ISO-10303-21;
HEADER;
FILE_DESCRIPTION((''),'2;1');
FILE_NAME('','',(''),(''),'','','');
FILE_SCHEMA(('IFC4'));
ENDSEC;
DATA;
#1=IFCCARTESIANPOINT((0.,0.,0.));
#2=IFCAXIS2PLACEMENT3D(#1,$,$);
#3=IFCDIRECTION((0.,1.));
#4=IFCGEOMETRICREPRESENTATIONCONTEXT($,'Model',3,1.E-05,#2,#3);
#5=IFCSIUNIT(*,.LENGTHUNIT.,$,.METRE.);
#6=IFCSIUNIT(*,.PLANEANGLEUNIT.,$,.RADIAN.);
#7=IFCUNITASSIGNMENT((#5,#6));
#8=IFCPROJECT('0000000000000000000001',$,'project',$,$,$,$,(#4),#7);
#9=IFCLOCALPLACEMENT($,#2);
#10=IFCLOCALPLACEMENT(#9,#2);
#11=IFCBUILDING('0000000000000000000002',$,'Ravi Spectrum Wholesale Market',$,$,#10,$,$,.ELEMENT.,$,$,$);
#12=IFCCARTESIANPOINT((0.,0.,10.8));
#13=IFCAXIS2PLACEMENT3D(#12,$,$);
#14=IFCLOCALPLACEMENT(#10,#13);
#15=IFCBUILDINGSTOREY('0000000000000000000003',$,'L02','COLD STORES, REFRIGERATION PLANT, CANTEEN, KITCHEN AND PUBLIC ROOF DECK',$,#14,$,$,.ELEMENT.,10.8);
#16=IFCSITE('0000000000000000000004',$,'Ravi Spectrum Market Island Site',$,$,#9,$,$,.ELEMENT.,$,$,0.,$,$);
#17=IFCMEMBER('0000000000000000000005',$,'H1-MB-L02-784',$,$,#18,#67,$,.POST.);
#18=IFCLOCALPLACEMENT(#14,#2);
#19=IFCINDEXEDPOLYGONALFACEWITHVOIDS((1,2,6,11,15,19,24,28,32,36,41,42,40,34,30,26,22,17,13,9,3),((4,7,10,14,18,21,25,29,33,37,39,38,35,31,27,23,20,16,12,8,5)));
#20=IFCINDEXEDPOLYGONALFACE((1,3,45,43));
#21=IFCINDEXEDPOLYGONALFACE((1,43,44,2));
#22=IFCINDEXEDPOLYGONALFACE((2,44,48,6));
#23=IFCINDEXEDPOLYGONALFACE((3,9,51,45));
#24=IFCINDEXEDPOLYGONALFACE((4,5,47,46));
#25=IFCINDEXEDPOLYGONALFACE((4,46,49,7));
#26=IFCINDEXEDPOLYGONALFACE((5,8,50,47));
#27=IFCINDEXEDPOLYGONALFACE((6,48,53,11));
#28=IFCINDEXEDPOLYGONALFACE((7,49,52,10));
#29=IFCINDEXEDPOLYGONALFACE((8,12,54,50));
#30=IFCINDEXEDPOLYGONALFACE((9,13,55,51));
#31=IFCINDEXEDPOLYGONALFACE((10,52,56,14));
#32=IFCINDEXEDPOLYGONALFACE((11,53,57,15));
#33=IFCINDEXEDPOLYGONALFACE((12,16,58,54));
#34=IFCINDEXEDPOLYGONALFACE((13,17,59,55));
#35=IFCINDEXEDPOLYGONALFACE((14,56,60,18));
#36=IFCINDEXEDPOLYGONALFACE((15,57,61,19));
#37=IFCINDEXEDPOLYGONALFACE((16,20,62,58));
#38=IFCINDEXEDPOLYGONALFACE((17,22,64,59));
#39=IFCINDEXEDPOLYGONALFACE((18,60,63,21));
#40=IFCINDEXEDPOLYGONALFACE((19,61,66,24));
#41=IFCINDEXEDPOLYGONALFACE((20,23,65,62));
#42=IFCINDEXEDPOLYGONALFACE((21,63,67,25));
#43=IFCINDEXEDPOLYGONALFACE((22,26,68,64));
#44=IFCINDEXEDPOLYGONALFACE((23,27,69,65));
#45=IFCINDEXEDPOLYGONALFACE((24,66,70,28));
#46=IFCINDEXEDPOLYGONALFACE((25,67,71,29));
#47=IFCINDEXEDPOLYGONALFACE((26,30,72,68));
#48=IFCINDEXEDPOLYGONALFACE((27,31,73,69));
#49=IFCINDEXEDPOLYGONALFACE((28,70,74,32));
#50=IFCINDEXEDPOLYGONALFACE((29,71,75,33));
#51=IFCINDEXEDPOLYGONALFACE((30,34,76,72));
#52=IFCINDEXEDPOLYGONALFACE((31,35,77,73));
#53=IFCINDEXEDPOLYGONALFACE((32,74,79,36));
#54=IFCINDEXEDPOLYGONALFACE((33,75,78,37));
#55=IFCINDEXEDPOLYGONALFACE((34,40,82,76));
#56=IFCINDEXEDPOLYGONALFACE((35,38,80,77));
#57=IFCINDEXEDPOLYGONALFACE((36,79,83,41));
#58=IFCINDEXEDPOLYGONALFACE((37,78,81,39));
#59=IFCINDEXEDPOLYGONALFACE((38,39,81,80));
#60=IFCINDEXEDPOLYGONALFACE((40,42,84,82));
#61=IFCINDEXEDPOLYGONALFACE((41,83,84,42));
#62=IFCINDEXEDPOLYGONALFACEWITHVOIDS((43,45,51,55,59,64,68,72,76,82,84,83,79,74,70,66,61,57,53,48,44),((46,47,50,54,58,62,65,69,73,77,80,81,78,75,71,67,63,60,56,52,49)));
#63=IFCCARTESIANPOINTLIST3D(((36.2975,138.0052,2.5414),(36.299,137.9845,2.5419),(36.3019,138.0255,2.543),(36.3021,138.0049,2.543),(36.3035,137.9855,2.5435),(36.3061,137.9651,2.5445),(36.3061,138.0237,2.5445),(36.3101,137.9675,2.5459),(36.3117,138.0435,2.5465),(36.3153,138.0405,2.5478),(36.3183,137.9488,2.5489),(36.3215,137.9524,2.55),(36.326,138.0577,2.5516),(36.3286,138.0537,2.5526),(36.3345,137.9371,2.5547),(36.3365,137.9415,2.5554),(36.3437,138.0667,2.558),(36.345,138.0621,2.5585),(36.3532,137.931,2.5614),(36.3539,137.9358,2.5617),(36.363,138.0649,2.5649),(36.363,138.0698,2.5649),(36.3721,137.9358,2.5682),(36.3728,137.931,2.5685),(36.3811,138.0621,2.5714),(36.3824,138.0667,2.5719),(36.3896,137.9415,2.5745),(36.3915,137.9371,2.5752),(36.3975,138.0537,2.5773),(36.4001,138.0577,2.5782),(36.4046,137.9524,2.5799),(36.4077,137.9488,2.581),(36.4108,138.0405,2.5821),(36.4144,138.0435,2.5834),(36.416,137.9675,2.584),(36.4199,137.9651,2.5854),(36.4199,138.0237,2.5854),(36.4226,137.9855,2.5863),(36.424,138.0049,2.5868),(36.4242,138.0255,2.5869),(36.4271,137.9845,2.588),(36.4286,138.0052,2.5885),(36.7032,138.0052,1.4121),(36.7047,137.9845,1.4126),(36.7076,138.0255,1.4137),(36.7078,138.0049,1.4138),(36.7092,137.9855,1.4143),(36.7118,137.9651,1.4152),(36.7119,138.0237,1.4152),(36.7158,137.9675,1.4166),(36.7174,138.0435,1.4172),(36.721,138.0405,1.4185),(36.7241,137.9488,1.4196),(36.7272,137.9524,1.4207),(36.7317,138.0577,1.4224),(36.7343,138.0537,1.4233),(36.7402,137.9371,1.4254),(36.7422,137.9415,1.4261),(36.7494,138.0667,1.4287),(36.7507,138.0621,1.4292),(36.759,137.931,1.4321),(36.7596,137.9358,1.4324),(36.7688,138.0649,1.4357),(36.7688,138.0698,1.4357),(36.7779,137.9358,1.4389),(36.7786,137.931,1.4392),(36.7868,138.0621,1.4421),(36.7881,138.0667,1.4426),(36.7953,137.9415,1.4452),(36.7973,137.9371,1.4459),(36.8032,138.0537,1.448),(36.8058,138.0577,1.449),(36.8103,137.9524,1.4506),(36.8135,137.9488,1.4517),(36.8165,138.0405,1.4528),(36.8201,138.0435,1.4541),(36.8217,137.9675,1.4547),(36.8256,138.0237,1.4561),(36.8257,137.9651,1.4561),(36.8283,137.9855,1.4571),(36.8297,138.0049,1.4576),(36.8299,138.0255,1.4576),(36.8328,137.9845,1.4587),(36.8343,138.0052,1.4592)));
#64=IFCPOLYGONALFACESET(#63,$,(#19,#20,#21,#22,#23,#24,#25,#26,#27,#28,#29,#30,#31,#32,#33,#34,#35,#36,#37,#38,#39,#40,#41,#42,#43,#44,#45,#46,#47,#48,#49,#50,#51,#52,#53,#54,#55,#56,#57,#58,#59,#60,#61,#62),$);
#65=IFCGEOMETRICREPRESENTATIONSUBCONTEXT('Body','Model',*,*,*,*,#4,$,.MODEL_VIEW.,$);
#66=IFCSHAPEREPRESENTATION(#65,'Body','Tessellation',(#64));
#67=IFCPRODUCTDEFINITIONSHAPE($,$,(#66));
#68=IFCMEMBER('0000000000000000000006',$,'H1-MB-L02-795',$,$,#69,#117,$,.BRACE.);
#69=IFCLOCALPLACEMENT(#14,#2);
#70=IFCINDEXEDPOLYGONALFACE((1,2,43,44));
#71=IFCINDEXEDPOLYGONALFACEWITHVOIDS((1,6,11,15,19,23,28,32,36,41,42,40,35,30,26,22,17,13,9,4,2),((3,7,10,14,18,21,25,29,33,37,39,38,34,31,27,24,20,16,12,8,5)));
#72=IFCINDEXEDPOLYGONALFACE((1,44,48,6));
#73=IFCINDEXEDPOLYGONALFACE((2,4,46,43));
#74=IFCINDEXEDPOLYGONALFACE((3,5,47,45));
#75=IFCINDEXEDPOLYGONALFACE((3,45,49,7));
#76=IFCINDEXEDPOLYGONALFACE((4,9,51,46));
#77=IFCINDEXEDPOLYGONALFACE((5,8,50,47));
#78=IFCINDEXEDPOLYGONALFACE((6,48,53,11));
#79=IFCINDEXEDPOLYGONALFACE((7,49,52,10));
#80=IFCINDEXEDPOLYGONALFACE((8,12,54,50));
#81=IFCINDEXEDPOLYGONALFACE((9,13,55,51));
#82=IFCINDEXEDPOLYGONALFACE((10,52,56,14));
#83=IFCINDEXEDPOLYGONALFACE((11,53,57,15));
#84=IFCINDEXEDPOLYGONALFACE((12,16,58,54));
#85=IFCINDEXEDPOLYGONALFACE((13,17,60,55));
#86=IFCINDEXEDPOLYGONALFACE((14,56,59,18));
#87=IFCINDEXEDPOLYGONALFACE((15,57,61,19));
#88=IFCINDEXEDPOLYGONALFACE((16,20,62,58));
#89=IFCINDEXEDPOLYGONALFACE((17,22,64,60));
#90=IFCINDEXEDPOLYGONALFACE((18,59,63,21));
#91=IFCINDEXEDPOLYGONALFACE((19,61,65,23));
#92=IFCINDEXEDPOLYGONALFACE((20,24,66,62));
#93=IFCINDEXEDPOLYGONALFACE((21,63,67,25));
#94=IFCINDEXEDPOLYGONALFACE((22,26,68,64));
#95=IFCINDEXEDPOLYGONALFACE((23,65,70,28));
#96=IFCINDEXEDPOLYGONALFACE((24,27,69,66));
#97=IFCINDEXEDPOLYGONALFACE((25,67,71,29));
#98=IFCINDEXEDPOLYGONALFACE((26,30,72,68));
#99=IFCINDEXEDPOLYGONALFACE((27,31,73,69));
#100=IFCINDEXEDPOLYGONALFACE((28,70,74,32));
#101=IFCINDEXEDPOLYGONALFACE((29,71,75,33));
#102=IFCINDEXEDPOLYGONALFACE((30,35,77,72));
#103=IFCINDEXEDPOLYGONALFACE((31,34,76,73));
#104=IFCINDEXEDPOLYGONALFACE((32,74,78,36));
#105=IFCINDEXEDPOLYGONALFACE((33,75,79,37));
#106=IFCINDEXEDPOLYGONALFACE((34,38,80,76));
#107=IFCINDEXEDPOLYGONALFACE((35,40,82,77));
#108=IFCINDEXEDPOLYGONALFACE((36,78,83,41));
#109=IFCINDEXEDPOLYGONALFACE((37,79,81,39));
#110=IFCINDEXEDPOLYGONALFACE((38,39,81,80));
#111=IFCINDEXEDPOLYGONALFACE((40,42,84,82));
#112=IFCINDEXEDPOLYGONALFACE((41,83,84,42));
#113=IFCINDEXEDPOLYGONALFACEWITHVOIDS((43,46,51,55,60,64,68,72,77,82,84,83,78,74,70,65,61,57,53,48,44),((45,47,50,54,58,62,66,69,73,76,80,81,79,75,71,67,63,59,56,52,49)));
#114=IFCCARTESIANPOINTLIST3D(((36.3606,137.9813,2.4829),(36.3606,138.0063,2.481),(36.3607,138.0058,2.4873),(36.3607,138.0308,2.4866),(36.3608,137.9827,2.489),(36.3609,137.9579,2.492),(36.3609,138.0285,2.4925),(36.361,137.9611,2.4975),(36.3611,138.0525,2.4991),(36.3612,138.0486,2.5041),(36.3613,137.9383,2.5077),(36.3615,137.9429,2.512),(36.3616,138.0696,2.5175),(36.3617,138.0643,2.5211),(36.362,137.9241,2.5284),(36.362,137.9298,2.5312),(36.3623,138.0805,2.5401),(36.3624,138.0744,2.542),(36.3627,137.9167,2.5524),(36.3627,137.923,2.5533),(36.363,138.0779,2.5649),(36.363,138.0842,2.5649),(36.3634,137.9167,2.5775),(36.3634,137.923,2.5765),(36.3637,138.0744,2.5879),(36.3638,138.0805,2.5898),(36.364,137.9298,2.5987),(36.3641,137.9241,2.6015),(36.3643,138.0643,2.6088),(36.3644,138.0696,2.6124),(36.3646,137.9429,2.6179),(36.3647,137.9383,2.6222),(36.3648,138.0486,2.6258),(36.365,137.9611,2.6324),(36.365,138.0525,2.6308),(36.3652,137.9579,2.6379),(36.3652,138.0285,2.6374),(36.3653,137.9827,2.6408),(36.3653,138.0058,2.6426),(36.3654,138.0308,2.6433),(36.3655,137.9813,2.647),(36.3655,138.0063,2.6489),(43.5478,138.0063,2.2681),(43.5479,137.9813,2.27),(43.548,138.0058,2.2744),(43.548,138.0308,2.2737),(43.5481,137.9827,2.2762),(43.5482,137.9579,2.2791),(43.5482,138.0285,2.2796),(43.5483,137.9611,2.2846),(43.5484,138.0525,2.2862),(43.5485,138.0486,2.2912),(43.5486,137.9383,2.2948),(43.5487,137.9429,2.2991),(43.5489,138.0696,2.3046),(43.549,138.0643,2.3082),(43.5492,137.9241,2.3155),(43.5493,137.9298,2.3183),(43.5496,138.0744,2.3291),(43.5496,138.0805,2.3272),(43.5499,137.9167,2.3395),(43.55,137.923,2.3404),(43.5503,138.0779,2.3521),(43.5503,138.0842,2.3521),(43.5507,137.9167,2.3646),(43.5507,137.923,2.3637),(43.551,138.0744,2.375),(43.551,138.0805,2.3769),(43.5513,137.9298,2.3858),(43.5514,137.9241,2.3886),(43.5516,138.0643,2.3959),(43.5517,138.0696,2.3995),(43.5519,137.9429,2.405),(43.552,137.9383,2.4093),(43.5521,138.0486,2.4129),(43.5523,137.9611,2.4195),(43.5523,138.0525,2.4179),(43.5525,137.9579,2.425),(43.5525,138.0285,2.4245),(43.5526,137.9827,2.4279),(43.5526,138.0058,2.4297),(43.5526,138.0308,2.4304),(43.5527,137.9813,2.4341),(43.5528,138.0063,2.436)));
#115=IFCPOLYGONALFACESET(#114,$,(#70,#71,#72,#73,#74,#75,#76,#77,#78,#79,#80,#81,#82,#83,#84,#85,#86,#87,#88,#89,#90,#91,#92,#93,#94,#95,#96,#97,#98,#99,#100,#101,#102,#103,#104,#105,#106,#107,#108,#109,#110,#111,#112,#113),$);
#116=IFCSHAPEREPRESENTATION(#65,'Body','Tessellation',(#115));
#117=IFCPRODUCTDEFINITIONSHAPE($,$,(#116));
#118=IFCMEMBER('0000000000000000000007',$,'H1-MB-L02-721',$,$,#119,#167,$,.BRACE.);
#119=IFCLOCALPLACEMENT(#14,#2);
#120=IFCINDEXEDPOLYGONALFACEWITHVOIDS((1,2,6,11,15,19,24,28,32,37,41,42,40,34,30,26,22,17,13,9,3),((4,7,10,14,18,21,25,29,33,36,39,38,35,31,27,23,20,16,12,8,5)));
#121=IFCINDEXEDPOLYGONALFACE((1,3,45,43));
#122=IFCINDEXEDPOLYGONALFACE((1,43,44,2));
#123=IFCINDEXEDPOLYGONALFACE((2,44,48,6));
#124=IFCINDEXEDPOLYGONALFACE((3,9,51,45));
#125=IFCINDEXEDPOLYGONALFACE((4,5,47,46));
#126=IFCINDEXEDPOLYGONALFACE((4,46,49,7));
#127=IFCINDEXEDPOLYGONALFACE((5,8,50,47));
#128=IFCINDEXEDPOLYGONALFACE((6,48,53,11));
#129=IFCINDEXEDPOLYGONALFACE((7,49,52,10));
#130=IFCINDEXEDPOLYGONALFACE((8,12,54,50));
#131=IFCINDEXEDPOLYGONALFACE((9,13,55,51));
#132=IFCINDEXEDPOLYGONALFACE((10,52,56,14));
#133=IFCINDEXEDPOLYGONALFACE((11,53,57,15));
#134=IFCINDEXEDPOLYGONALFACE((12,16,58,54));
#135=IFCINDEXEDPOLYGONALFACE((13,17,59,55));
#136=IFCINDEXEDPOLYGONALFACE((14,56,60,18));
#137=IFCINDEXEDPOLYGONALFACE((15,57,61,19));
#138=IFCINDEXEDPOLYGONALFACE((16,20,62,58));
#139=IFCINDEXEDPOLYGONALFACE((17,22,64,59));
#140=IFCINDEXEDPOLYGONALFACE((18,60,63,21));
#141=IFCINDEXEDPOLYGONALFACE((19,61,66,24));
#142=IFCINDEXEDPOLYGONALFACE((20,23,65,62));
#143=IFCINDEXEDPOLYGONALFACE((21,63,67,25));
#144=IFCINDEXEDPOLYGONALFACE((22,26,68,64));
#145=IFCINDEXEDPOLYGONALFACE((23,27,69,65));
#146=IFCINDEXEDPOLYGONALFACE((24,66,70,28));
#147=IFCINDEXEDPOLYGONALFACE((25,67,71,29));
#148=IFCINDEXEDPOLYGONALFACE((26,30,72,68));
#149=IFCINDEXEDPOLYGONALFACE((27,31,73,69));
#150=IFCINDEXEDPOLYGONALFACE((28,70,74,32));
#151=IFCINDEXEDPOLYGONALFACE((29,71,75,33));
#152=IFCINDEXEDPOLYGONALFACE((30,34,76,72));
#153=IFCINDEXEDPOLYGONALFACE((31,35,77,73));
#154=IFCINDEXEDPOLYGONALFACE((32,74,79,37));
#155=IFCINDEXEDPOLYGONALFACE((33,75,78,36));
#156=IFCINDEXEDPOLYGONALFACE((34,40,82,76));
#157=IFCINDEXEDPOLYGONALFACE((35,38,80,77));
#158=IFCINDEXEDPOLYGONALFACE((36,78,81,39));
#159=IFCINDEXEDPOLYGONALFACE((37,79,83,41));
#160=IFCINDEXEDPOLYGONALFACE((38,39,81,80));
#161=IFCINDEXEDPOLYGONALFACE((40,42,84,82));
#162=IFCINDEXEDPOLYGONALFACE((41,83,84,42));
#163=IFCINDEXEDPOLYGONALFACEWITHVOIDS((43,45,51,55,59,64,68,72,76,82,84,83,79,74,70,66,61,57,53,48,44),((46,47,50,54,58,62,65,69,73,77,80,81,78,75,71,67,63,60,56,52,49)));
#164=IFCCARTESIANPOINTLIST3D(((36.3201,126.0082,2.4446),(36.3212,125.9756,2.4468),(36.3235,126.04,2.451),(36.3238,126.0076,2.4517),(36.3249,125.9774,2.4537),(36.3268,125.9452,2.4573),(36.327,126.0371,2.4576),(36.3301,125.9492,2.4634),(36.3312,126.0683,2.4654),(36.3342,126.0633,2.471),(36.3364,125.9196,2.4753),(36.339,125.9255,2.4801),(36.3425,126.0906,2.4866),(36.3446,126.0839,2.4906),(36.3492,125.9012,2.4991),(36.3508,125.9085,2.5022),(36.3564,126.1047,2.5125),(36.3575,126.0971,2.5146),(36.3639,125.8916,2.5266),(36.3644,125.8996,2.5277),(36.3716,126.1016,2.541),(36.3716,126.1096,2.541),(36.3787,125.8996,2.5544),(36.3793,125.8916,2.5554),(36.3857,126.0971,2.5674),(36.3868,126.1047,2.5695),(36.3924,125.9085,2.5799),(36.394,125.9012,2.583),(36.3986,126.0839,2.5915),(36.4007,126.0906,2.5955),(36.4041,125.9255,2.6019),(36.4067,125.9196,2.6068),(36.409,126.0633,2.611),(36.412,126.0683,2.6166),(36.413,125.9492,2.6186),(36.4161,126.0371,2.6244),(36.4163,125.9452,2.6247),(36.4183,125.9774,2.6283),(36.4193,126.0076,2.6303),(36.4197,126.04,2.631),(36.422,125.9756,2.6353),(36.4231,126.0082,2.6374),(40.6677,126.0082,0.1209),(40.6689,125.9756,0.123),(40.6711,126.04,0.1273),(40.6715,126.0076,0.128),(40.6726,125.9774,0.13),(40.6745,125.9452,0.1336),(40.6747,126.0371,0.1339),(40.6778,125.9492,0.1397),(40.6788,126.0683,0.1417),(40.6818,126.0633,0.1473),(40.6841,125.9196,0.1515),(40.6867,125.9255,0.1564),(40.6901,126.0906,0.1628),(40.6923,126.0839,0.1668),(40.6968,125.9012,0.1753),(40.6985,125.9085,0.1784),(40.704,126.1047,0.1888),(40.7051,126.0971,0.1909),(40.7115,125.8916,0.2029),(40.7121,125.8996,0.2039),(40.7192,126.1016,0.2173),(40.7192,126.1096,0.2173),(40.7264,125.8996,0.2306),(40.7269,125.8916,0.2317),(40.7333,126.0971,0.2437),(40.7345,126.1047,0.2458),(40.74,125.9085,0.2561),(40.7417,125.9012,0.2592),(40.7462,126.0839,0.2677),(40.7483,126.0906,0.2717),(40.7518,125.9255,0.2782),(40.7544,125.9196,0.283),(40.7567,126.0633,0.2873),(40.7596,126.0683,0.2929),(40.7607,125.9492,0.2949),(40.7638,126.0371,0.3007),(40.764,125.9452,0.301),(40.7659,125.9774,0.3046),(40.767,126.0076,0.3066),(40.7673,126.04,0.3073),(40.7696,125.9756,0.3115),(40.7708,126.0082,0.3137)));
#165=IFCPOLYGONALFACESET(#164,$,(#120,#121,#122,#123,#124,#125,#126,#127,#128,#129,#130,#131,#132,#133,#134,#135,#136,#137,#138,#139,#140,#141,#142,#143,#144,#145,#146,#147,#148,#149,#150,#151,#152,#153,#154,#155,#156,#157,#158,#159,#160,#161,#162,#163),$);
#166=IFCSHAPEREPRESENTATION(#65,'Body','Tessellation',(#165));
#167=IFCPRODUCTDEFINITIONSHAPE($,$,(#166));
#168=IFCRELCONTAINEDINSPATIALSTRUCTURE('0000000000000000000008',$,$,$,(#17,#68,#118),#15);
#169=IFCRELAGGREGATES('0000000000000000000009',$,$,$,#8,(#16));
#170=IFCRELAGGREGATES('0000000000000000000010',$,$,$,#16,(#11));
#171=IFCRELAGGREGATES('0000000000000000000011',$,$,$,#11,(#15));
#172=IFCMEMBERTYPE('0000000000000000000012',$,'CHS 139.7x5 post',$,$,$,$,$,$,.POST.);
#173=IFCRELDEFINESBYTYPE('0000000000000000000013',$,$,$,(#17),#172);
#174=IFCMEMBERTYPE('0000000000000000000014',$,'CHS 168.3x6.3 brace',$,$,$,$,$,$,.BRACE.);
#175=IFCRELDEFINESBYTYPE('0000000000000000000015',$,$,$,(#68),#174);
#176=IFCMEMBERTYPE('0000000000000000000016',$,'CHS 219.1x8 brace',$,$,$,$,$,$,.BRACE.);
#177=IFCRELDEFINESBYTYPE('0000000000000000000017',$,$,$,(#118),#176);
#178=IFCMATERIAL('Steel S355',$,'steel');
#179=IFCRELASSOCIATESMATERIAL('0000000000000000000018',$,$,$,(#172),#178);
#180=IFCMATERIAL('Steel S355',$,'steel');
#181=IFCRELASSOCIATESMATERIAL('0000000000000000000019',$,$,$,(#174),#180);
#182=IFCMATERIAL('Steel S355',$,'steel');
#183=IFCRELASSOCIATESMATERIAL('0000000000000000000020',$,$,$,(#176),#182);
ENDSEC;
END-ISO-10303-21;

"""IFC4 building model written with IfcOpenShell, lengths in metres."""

from ifc_helpers import new_model, si_unit, direction, frame, origin, origin_2d, place, context, subcontext, project, spatial, hollow_circle, extrude, material, material_profile, profile_set, type_object, element, save


model = new_model("IFC4")

# Units and contexts
model_context = context("Model", 3, precision=1e-05, world=origin(), true_north=direction((0.0, 1.0)))
body_context = subcontext(model_context, "Body", "Model", "MODEL_VIEW")
ifc_project = project(units=[si_unit("LENGTHUNIT", "METRE"), si_unit("PLANEANGLEUNIT", "RADIAN")], contexts=[model_context])

# Site, building, storey
site_placement = place(None, origin())
site = spatial("IfcSite", under=ifc_project, at=site_placement, Name="Ravi Spectrum Market Island Site", CompositionType="ELEMENT", RefElevation=0.0)
building_placement = place(site_placement, origin())
building = spatial("IfcBuilding", under=site, at=building_placement, Name="Ravi Spectrum Wholesale Market", CompositionType="ELEMENT")
storey_placement = place(building_placement, frame((0.0, 0.0, 10.8)))
storey = spatial("IfcBuildingStorey", under=building, at=storey_placement, Name="L02", Description="COLD STORES, REFRIGERATION PLANT, CANTEEN, KITCHEN AND PUBLIC ROOF DECK", CompositionType="ELEMENT", Elevation=10.8)

# Members
ifc_material_1 = material(Name="Steel S355", Category="steel")
ifc_material_profile_1 = material_profile(ifc_material_1, hollow_circle(Radius=0.0698, WallThickness=0.0049, at=origin_2d()))
ifc_profile_set_1 = profile_set([ifc_material_profile_1], Name="Steel S355")
member_type_1 = type_object("IfcMemberType", Name="CHS 139.7x5 post", PredefinedType="POST", material=ifc_profile_set_1)
member_1_placement = place(storey_placement, frame((36.363, 138.0, 2.5649), z_axis=(0.338114, 0.0, -0.941105), x_axis=(0.0, 1.0, 0.0)))
element("IfcMember", 1, at=member_1_placement, inside=storey, type_object=member_type_1, Name="H1-MB-L02-784", PredefinedType="POST", context=body_context, shape_type="SweptSolid", body=[
    extrude(hollow_circle(Radius=0.0698, WallThickness=0.0049, at=origin_2d()), origin(), (0.0, 0.0, 1.0), 1.2),
])
ifc_material_2 = material(Name="Steel S355", Category="steel")
ifc_material_profile_2 = material_profile(ifc_material_2, hollow_circle(Radius=0.0842, WallThickness=0.0063, at=origin_2d()))
ifc_profile_set_2 = profile_set([ifc_material_profile_2], Name="Steel S355")
member_type_2 = type_object("IfcMemberType", Name="CHS 168.3x6.3 brace", PredefinedType="BRACE", material=ifc_profile_set_2)
member_2_placement = place(storey_placement, frame((36.363, 138.0, 2.5649), z_axis=(0.999562, 0.0, -0.029608), x_axis=(0.0, 1.0, 0.0)))
element("IfcMember", 2, at=member_2_placement, inside=storey, type_object=member_type_2, Name="H1-MB-L02-795", PredefinedType="BRACE", context=body_context, shape_type="SweptSolid", body=[
    extrude(hollow_circle(Radius=0.0842, WallThickness=0.0063, at=origin_2d()), origin(), (0.0, 0.0, 1.0), 7.1904),
])
ifc_material_3 = material(Name="Steel S355", Category="steel")
ifc_material_profile_3 = material_profile(ifc_material_3, hollow_circle(Radius=0.1096, WallThickness=0.0081, at=origin_2d()))
ifc_profile_set_3 = profile_set([ifc_material_profile_3], Name="Steel S355")
member_type_3 = type_object("IfcMemberType", Name="CHS 219.1x8 brace", PredefinedType="BRACE", material=ifc_profile_set_3)
for number, where, z_axis, x_axis, name in (
    (3, (36.3716, 126.0, 2.541), (0.881933, 0.0, -0.471375), (0.0, 1.0, 0.0), "H1-MB-L02-721"),
):
    element("IfcMember", number, at=place(storey_placement, frame(where, z_axis=z_axis, x_axis=x_axis)), inside=storey, type_object=member_type_3, Name=name, PredefinedType="BRACE", context=body_context, shape_type="SweptSolid", body=[
        extrude(hollow_circle(Radius=0.1096, WallThickness=0.0081, at=origin_2d()), origin(), (0.0, 0.0, 1.0), 4.9297),
    ])

save(model, "model.ifc")
